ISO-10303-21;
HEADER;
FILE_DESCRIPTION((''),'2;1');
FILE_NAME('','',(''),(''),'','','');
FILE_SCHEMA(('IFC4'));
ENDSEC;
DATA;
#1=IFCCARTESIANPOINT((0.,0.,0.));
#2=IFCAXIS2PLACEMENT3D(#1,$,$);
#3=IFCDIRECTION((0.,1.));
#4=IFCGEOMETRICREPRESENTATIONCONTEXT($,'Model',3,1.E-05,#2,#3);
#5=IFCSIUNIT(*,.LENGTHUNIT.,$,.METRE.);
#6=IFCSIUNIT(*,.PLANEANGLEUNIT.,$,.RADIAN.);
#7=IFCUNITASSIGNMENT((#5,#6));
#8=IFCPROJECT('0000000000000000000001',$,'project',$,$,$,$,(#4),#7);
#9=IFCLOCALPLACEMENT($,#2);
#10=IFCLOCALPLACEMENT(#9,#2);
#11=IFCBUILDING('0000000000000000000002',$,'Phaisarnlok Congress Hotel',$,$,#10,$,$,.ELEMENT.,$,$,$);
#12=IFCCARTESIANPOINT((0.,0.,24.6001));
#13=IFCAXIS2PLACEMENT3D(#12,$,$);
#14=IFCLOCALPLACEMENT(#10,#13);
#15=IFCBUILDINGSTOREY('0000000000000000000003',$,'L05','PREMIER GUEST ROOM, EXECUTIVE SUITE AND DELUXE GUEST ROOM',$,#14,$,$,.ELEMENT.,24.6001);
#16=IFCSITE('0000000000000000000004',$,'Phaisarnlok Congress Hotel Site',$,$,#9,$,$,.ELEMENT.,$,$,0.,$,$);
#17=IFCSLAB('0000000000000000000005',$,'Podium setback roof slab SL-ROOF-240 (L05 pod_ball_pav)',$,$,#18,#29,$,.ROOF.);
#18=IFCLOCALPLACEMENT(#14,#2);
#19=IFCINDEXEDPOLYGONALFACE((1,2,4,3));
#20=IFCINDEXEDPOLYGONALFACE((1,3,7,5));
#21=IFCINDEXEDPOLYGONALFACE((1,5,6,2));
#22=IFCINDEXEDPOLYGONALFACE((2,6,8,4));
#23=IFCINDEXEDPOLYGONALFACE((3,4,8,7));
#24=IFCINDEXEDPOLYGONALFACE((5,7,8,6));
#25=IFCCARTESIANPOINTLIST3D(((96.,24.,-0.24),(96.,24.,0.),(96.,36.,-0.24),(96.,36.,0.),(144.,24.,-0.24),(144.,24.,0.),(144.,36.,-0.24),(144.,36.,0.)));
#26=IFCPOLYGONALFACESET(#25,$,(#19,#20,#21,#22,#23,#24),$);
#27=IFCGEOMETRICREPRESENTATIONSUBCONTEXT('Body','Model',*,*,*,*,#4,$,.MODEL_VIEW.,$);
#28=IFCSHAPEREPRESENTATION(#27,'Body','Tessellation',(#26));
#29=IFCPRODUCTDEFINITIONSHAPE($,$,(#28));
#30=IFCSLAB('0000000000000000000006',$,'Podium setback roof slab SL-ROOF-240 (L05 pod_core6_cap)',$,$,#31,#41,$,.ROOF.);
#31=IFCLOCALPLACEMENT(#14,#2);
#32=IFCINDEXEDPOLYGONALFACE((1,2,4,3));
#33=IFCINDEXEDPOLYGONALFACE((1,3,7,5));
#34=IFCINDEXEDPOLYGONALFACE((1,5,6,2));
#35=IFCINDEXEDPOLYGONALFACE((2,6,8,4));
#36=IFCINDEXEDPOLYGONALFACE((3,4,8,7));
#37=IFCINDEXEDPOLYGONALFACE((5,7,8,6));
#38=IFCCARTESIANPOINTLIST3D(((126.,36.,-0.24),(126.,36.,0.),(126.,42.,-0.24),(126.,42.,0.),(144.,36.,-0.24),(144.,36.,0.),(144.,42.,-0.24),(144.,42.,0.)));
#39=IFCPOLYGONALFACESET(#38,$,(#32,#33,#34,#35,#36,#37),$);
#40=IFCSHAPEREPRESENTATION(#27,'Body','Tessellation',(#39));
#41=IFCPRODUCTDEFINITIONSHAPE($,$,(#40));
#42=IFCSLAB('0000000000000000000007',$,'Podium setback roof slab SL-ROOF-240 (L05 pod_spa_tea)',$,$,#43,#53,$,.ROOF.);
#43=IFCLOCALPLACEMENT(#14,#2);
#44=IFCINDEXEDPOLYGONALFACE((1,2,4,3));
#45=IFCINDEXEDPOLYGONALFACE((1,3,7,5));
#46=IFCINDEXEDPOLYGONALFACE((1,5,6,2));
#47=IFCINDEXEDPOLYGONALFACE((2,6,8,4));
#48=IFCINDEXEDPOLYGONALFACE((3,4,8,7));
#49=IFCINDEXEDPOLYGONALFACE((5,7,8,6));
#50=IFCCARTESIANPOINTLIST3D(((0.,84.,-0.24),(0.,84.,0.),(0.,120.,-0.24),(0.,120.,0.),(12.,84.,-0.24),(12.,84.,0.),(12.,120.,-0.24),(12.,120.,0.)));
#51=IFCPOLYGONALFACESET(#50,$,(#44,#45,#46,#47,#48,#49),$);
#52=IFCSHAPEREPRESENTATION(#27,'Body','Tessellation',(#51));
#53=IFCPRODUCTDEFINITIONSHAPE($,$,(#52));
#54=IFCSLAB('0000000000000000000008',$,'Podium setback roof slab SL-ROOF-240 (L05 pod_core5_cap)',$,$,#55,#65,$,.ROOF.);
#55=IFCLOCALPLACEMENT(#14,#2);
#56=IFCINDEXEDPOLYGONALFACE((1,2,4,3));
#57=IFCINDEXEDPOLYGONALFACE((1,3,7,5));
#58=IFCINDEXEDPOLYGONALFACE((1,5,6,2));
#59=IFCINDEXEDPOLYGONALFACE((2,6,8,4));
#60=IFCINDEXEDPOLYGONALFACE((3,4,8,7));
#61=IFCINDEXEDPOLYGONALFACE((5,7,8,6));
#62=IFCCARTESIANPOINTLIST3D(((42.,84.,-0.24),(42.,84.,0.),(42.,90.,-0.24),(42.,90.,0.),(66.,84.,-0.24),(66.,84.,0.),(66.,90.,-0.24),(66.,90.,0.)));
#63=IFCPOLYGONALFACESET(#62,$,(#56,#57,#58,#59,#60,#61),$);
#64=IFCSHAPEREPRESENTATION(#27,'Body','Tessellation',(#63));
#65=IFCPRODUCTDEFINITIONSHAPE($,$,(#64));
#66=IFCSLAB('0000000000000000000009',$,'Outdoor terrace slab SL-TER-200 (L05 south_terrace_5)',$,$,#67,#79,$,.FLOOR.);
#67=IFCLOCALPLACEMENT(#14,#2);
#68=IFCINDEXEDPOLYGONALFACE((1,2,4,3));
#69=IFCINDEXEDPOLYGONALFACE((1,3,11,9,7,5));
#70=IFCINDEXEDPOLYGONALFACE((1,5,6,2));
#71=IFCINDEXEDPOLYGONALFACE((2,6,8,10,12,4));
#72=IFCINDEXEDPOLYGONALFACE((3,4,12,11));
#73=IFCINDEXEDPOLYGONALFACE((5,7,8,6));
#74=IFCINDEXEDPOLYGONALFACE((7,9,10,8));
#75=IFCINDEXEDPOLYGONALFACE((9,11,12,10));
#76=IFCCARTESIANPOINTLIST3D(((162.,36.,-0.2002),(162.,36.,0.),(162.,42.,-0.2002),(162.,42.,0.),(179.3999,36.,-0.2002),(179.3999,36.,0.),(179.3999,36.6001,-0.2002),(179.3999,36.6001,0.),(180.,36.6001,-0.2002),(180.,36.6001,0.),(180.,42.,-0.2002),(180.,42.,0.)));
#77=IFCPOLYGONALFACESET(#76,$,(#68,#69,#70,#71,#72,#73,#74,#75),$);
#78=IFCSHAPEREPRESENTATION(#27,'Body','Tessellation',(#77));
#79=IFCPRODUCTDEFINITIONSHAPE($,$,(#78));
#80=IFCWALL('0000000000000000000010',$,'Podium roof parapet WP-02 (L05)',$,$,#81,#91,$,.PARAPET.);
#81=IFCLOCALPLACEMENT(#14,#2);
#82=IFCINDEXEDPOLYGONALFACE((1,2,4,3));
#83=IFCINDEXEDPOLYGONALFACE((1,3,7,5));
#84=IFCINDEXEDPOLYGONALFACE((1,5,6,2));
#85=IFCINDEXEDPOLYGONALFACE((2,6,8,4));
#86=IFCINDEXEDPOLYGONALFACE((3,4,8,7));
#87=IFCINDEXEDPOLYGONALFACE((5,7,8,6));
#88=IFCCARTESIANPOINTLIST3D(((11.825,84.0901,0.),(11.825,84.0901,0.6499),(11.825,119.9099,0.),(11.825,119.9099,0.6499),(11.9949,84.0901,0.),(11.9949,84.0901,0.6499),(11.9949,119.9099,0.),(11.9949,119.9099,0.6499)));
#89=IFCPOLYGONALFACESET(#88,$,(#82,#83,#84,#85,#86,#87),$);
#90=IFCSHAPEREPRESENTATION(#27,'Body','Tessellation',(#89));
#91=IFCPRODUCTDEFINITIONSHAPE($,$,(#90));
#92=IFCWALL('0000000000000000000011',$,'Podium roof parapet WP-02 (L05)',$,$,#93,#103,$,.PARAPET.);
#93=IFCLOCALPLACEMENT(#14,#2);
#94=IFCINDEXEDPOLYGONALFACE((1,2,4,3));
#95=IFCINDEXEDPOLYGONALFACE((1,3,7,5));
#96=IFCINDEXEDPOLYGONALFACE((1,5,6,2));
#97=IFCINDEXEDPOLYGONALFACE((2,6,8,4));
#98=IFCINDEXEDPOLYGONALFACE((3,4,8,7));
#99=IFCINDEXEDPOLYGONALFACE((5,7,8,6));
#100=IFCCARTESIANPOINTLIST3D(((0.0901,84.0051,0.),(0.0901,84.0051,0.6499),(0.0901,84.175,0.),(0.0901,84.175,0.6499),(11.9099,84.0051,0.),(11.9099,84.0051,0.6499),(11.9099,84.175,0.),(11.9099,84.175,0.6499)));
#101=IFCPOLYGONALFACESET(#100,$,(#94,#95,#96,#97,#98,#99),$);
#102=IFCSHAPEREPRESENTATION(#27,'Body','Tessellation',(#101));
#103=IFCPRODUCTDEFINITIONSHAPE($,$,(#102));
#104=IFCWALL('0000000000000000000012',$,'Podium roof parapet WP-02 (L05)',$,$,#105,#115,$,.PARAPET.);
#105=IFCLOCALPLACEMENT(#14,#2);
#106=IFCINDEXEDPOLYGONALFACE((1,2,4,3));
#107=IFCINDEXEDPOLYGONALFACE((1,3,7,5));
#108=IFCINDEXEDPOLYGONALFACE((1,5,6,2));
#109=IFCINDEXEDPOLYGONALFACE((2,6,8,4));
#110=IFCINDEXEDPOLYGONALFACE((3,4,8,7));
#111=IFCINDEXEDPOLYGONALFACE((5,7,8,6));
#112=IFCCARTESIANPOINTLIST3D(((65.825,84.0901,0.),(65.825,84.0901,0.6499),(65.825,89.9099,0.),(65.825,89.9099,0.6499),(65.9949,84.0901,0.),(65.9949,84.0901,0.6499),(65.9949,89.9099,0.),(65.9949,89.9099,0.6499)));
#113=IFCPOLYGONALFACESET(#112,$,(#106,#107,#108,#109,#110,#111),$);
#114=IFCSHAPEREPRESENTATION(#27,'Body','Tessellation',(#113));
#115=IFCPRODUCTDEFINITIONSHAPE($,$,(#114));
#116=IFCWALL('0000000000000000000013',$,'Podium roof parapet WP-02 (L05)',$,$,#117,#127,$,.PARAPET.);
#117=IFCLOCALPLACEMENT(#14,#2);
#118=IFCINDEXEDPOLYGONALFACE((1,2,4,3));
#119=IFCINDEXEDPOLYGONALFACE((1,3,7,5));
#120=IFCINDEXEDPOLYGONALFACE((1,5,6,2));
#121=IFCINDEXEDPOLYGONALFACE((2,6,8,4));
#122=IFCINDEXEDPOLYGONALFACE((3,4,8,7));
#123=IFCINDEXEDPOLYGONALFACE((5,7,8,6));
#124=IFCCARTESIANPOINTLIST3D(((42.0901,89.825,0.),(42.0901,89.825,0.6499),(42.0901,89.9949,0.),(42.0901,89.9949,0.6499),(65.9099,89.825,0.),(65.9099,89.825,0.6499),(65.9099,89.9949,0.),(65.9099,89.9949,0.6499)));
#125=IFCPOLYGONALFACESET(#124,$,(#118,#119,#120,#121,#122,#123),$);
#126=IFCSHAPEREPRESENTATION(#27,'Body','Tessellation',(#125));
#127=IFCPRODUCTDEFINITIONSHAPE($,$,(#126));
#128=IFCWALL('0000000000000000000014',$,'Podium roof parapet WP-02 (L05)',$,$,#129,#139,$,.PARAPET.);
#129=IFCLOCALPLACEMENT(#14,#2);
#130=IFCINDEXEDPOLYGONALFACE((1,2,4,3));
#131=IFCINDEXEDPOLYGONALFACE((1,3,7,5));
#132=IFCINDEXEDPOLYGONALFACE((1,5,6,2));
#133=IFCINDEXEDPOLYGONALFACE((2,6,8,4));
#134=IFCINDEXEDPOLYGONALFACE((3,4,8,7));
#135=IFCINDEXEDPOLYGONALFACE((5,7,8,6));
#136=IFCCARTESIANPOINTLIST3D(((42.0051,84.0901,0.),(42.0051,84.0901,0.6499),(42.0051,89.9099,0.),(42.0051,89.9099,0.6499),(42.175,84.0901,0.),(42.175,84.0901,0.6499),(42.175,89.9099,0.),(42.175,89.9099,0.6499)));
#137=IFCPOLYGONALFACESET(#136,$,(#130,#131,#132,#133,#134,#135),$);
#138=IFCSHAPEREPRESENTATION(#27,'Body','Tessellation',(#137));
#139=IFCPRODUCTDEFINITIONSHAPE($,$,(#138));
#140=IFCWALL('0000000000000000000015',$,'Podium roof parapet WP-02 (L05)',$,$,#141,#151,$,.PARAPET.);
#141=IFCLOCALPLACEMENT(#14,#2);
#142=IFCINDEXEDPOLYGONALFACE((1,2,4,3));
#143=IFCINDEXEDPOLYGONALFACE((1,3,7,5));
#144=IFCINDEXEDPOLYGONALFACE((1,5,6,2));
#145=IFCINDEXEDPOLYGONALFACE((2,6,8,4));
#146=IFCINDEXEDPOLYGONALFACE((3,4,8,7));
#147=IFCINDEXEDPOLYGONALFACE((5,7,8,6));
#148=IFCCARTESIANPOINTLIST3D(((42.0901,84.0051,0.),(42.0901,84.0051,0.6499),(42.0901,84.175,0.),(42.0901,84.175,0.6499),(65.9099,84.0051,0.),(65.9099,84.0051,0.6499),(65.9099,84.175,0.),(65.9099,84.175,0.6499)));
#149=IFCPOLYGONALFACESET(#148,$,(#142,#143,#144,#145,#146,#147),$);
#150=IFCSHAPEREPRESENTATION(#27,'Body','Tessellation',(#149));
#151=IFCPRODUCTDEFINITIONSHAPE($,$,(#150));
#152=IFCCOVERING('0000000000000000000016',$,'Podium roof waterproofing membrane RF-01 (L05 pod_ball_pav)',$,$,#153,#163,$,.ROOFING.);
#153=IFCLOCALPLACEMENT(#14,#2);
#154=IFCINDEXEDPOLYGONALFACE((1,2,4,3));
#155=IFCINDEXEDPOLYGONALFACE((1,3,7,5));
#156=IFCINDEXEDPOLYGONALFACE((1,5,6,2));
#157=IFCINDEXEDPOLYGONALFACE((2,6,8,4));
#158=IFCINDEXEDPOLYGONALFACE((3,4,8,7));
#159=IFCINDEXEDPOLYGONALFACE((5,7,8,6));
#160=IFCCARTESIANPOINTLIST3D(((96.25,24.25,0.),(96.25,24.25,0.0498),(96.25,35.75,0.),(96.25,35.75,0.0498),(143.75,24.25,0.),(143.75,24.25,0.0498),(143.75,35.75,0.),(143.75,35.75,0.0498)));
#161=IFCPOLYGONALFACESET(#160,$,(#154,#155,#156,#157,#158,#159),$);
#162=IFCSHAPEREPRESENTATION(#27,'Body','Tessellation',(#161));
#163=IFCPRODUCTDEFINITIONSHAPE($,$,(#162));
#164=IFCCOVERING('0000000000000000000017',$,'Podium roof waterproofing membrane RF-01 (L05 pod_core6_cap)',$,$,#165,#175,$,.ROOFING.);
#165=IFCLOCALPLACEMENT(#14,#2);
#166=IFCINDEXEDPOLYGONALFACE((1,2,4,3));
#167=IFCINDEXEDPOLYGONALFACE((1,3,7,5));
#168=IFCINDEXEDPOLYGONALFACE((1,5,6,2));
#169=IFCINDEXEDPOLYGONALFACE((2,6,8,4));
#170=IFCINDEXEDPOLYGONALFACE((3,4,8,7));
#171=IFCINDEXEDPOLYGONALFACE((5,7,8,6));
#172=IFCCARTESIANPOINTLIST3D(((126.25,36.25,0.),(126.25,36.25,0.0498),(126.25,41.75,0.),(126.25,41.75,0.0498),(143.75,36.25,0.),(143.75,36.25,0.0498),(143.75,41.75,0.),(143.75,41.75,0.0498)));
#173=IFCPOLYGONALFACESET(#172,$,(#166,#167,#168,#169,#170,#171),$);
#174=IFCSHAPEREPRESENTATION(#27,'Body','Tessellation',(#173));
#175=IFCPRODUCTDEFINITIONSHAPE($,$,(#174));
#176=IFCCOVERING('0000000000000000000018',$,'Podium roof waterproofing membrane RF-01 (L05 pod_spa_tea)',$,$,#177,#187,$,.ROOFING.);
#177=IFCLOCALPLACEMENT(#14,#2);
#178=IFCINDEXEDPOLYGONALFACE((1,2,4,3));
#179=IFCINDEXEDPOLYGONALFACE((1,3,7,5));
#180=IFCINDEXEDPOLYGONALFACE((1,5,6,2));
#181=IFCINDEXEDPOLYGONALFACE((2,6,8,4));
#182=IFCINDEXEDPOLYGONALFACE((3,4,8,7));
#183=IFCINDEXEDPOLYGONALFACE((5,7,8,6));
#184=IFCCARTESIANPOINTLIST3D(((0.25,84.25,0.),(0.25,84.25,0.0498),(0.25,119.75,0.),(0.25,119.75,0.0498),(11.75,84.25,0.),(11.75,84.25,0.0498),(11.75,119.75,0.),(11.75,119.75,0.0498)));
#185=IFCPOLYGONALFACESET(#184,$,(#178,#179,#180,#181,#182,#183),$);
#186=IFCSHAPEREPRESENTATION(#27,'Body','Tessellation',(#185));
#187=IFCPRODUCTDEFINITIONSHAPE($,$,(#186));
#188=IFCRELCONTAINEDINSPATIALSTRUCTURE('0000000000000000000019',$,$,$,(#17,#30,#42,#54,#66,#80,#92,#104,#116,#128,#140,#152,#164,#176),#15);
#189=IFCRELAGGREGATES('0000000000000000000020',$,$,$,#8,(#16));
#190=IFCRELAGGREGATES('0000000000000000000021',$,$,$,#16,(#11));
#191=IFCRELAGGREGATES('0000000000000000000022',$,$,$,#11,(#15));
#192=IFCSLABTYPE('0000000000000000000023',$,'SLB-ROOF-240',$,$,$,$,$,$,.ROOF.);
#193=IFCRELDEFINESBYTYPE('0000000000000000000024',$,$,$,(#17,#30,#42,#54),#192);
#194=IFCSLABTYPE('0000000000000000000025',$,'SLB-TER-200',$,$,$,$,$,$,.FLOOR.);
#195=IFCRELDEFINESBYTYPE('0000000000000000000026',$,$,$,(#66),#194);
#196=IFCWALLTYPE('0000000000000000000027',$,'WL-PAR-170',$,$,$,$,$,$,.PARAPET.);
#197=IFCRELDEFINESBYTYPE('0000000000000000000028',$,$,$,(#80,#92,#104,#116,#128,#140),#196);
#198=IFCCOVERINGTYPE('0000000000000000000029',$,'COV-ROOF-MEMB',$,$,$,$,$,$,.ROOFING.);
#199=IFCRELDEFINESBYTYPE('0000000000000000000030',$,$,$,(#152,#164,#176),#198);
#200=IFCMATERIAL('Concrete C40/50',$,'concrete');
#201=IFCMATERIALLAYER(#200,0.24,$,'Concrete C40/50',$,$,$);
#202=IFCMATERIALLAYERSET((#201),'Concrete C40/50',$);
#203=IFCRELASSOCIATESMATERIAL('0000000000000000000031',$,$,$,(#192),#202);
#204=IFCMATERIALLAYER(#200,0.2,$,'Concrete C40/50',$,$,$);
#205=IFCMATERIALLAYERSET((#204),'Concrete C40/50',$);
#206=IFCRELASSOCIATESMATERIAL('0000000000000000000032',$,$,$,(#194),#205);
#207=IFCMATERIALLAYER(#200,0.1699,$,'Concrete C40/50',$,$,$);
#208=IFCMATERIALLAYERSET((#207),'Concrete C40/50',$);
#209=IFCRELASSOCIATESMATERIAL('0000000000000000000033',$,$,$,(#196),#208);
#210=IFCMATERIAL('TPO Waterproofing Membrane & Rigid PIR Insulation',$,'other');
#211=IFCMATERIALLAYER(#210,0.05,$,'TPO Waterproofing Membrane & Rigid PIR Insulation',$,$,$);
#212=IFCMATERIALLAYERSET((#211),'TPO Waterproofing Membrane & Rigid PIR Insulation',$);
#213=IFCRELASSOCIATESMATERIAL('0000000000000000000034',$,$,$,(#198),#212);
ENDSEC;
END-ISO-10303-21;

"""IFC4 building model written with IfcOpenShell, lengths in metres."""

from ifc_helpers import new_model, si_unit, direction, frame, frame_2d, origin, place, context, subcontext, project, spatial, polyline, rectangle, outline, extrude, material, layer, layer_set, type_object, element, save


model = new_model("IFC4")

# Units and contexts
model_context = context("Model", 3, precision=1e-05, world=origin(), true_north=direction((0.0, 1.0)))
body_context = subcontext(model_context, "Body", "Model", "MODEL_VIEW")
ifc_project = project(units=[si_unit("LENGTHUNIT", "METRE"), si_unit("PLANEANGLEUNIT", "RADIAN")], contexts=[model_context])

# Site, building, storey
site_placement = place(None, origin())
site = spatial("IfcSite", under=ifc_project, at=site_placement, Name="Phaisarnlok Congress Hotel Site", CompositionType="ELEMENT", RefElevation=0.0)
building_placement = place(site_placement, origin())
building = spatial("IfcBuilding", under=site, at=building_placement, Name="Phaisarnlok Congress Hotel", CompositionType="ELEMENT")
storey_placement = place(building_placement, frame((0.0, 0.0, 24.6001)))
storey = spatial("IfcBuildingStorey", under=building, at=storey_placement, Name="L05", Description="PREMIER GUEST ROOM, EXECUTIVE SUITE AND DELUXE GUEST ROOM", CompositionType="ELEMENT", Elevation=24.6001)

# Shared definitions
ifc_material_1 = material(Name="Concrete C40/50", Category="concrete")

# Slabs
ifc_layer_1 = layer(ifc_material_1, 0.24, Name="Concrete C40/50")
ifc_layer_set_1 = layer_set([ifc_layer_1], Name="Concrete C40/50")
slab_type_1 = type_object("IfcSlabType", Name="SLB-ROOF-240", PredefinedType="ROOF", material=ifc_layer_set_1)
slab_1_placement = place(storey_placement, frame((0.0, 0.0, -0.24)))
element("IfcSlab", 1, at=slab_1_placement, inside=storey, type_object=slab_type_1, Name="Podium setback roof slab SL-ROOF-240 (L05 pod_ball_pav)", PredefinedType="ROOF", context=body_context, shape_type="SweptSolid", body=[
    extrude(outline(polyline([(96.0, 24.0), (144.0, 24.0), (144.0, 36.0), (96.0, 36.0), (96.0, 24.0)])), origin(), (0.0, 0.0, 1.0), 0.24),
])
slab_2_placement = place(storey_placement, frame((0.0, 0.0, -0.24)))
element("IfcSlab", 2, at=slab_2_placement, inside=storey, type_object=slab_type_1, Name="Podium setback roof slab SL-ROOF-240 (L05 pod_core6_cap)", PredefinedType="ROOF", context=body_context, shape_type="SweptSolid", body=[
    extrude(outline(polyline([(126.0, 36.0), (144.0, 36.0), (144.0, 42.0), (126.0, 42.0), (126.0, 36.0)])), origin(), (0.0, 0.0, 1.0), 0.24),
])
slab_3_placement = place(storey_placement, frame((0.0, 0.0, -0.24)))
element("IfcSlab", 3, at=slab_3_placement, inside=storey, type_object=slab_type_1, Name="Podium setback roof slab SL-ROOF-240 (L05 pod_spa_tea)", PredefinedType="ROOF", context=body_context, shape_type="SweptSolid", body=[
    extrude(outline(polyline([(0.0, 84.0), (12.0, 84.0), (12.0, 120.0), (0.0, 120.0), (0.0, 84.0)])), origin(), (0.0, 0.0, 1.0), 0.24),
])
slab_4_placement = place(storey_placement, frame((0.0, 0.0, -0.24)))
element("IfcSlab", 4, at=slab_4_placement, inside=storey, type_object=slab_type_1, Name="Podium setback roof slab SL-ROOF-240 (L05 pod_core5_cap)", PredefinedType="ROOF", context=body_context, shape_type="SweptSolid", body=[
    extrude(outline(polyline([(42.0, 84.0), (66.0, 84.0), (66.0, 90.0), (42.0, 90.0), (42.0, 84.0)])), origin(), (0.0, 0.0, 1.0), 0.24),
])
ifc_layer_2 = layer(ifc_material_1, 0.2, Name="Concrete C40/50")
ifc_layer_set_2 = layer_set([ifc_layer_2], Name="Concrete C40/50")
slab_type_2 = type_object("IfcSlabType", Name="SLB-TER-200", PredefinedType="FLOOR", material=ifc_layer_set_2)
slab_5_placement = place(storey_placement, frame((0.0, 0.0, -0.2002)))
element("IfcSlab", 5, at=slab_5_placement, inside=storey, type_object=slab_type_2, Name="Outdoor terrace slab SL-TER-200 (L05 south_terrace_5)", PredefinedType="FLOOR", context=body_context, shape_type="SweptSolid", body=[
    extrude(outline(polyline([(162.0, 36.0), (179.3999, 36.0), (179.3999, 36.6001), (180.0, 36.6001), (180.0, 42.0), (162.0, 42.0), (162.0, 36.0)])), origin(), (0.0, 0.0, 1.0), 0.2002),
])

# Walls
ifc_layer_3 = layer(ifc_material_1, 0.1699, Name="Concrete C40/50")
ifc_layer_set_3 = layer_set([ifc_layer_3], Name="Concrete C40/50")
wall_type = type_object("IfcWallType", Name="WL-PAR-170", PredefinedType="PARAPET", material=ifc_layer_set_3)
wall_1_placement = place(storey_placement, frame((11.9099, 84.0901, 0.0), z_axis=(0.0, 0.0, 1.0), x_axis=(0.0, 1.0, 0.0)))
element("IfcWall", 6, at=wall_1_placement, inside=storey, type_object=wall_type, Name="Podium roof parapet WP-02 (L05)", PredefinedType="PARAPET", context=body_context, shape_type="SweptSolid", body=[
    extrude(rectangle(XDim=35.8198, YDim=0.1699, at=frame_2d((17.9099, 0.0))), origin(), (0.0, 0.0, 1.0), 0.6499),
])
wall_2_placement = place(storey_placement, frame((0.0901, 84.0901, 0.0), z_axis=(0.0, 0.0, 1.0), x_axis=(1.0, 0.0, 0.0)))
element("IfcWall", 7, at=wall_2_placement, inside=storey, type_object=wall_type, Name="Podium roof parapet WP-02 (L05)", PredefinedType="PARAPET", context=body_context, shape_type="SweptSolid", body=[
    extrude(rectangle(XDim=11.8198, YDim=0.1699, at=frame_2d((5.9099, 0.0))), origin(), (0.0, 0.0, 1.0), 0.6499),
])
wall_3_placement = place(storey_placement, frame((65.9099, 84.0901, 0.0), z_axis=(0.0, 0.0, 1.0), x_axis=(0.0, 1.0, 0.0)))
element("IfcWall", 8, at=wall_3_placement, inside=storey, type_object=wall_type, Name="Podium roof parapet WP-02 (L05)", PredefinedType="PARAPET", context=body_context, shape_type="SweptSolid", body=[
    extrude(rectangle(XDim=5.8198, YDim=0.1699, at=frame_2d((2.9099, 0.0))), origin(), (0.0, 0.0, 1.0), 0.6499),
])
wall_4_placement = place(storey_placement, frame((65.9099, 89.9099, 0.0), z_axis=(0.0, 0.0, 1.0), x_axis=(-1.0, 0.0, 0.0)))
element("IfcWall", 9, at=wall_4_placement, inside=storey, type_object=wall_type, Name="Podium roof parapet WP-02 (L05)", PredefinedType="PARAPET", context=body_context, shape_type="SweptSolid", body=[
    extrude(rectangle(XDim=23.8198, YDim=0.1699, at=frame_2d((11.9099, 0.0))), origin(), (0.0, 0.0, 1.0), 0.6499),
])
wall_5_placement = place(storey_placement, frame((42.0901, 89.9099, 0.0), z_axis=(0.0, 0.0, 1.0), x_axis=(0.0, -1.0, 0.0)))
element("IfcWall", 10, at=wall_5_placement, inside=storey, type_object=wall_type, Name="Podium roof parapet WP-02 (L05)", PredefinedType="PARAPET", context=body_context, shape_type="SweptSolid", body=[
    extrude(rectangle(XDim=5.8198, YDim=0.1699, at=frame_2d((2.9099, 0.0))), origin(), (0.0, 0.0, 1.0), 0.6499),
])
wall_6_placement = place(storey_placement, frame((42.0901, 84.0901, 0.0), z_axis=(0.0, 0.0, 1.0), x_axis=(1.0, 0.0, 0.0)))
element("IfcWall", 11, at=wall_6_placement, inside=storey, type_object=wall_type, Name="Podium roof parapet WP-02 (L05)", PredefinedType="PARAPET", context=body_context, shape_type="SweptSolid", body=[
    extrude(rectangle(XDim=23.8198, YDim=0.1699, at=frame_2d((11.9099, 0.0))), origin(), (0.0, 0.0, 1.0), 0.6499),
])

# Coverings
ifc_material_2 = material(Name="TPO Waterproofing Membrane & Rigid PIR Insulation", Category="other")
ifc_layer_4 = layer(ifc_material_2, 0.05, Name="TPO Waterproofing Membrane & Rigid PIR Insulation")
ifc_layer_set_4 = layer_set([ifc_layer_4], Name="TPO Waterproofing Membrane & Rigid PIR Insulation")
covering_type = type_object("IfcCoveringType", Name="COV-ROOF-MEMB", PredefinedType="ROOFING", material=ifc_layer_set_4)
covering_1_placement = place(storey_placement, origin())
element("IfcCovering", 12, at=covering_1_placement, inside=storey, type_object=covering_type, Name="Podium roof waterproofing membrane RF-01 (L05 pod_ball_pav)", PredefinedType="ROOFING", context=body_context, shape_type="SweptSolid", body=[
    extrude(outline(polyline([(96.25, 24.25), (143.75, 24.25), (143.75, 35.75), (96.25, 35.75), (96.25, 24.25)])), origin(), (0.0, 0.0, 1.0), 0.0498),
])
covering_2_placement = place(storey_placement, origin())
element("IfcCovering", 13, at=covering_2_placement, inside=storey, type_object=covering_type, Name="Podium roof waterproofing membrane RF-01 (L05 pod_core6_cap)", PredefinedType="ROOFING", context=body_context, shape_type="SweptSolid", body=[
    extrude(outline(polyline([(126.25, 36.25), (143.75, 36.25), (143.75, 41.75), (126.25, 41.75), (126.25, 36.25)])), origin(), (0.0, 0.0, 1.0), 0.0498),
])
covering_3_placement = place(storey_placement, origin())
element("IfcCovering", 14, at=covering_3_placement, inside=storey, type_object=covering_type, Name="Podium roof waterproofing membrane RF-01 (L05 pod_spa_tea)", PredefinedType="ROOFING", context=body_context, shape_type="SweptSolid", body=[
    extrude(outline(polyline([(0.25, 84.25), (11.75, 84.25), (11.75, 119.75), (0.25, 119.75), (0.25, 84.25)])), origin(), (0.0, 0.0, 1.0), 0.0498),
])

save(model, "model.ifc")
